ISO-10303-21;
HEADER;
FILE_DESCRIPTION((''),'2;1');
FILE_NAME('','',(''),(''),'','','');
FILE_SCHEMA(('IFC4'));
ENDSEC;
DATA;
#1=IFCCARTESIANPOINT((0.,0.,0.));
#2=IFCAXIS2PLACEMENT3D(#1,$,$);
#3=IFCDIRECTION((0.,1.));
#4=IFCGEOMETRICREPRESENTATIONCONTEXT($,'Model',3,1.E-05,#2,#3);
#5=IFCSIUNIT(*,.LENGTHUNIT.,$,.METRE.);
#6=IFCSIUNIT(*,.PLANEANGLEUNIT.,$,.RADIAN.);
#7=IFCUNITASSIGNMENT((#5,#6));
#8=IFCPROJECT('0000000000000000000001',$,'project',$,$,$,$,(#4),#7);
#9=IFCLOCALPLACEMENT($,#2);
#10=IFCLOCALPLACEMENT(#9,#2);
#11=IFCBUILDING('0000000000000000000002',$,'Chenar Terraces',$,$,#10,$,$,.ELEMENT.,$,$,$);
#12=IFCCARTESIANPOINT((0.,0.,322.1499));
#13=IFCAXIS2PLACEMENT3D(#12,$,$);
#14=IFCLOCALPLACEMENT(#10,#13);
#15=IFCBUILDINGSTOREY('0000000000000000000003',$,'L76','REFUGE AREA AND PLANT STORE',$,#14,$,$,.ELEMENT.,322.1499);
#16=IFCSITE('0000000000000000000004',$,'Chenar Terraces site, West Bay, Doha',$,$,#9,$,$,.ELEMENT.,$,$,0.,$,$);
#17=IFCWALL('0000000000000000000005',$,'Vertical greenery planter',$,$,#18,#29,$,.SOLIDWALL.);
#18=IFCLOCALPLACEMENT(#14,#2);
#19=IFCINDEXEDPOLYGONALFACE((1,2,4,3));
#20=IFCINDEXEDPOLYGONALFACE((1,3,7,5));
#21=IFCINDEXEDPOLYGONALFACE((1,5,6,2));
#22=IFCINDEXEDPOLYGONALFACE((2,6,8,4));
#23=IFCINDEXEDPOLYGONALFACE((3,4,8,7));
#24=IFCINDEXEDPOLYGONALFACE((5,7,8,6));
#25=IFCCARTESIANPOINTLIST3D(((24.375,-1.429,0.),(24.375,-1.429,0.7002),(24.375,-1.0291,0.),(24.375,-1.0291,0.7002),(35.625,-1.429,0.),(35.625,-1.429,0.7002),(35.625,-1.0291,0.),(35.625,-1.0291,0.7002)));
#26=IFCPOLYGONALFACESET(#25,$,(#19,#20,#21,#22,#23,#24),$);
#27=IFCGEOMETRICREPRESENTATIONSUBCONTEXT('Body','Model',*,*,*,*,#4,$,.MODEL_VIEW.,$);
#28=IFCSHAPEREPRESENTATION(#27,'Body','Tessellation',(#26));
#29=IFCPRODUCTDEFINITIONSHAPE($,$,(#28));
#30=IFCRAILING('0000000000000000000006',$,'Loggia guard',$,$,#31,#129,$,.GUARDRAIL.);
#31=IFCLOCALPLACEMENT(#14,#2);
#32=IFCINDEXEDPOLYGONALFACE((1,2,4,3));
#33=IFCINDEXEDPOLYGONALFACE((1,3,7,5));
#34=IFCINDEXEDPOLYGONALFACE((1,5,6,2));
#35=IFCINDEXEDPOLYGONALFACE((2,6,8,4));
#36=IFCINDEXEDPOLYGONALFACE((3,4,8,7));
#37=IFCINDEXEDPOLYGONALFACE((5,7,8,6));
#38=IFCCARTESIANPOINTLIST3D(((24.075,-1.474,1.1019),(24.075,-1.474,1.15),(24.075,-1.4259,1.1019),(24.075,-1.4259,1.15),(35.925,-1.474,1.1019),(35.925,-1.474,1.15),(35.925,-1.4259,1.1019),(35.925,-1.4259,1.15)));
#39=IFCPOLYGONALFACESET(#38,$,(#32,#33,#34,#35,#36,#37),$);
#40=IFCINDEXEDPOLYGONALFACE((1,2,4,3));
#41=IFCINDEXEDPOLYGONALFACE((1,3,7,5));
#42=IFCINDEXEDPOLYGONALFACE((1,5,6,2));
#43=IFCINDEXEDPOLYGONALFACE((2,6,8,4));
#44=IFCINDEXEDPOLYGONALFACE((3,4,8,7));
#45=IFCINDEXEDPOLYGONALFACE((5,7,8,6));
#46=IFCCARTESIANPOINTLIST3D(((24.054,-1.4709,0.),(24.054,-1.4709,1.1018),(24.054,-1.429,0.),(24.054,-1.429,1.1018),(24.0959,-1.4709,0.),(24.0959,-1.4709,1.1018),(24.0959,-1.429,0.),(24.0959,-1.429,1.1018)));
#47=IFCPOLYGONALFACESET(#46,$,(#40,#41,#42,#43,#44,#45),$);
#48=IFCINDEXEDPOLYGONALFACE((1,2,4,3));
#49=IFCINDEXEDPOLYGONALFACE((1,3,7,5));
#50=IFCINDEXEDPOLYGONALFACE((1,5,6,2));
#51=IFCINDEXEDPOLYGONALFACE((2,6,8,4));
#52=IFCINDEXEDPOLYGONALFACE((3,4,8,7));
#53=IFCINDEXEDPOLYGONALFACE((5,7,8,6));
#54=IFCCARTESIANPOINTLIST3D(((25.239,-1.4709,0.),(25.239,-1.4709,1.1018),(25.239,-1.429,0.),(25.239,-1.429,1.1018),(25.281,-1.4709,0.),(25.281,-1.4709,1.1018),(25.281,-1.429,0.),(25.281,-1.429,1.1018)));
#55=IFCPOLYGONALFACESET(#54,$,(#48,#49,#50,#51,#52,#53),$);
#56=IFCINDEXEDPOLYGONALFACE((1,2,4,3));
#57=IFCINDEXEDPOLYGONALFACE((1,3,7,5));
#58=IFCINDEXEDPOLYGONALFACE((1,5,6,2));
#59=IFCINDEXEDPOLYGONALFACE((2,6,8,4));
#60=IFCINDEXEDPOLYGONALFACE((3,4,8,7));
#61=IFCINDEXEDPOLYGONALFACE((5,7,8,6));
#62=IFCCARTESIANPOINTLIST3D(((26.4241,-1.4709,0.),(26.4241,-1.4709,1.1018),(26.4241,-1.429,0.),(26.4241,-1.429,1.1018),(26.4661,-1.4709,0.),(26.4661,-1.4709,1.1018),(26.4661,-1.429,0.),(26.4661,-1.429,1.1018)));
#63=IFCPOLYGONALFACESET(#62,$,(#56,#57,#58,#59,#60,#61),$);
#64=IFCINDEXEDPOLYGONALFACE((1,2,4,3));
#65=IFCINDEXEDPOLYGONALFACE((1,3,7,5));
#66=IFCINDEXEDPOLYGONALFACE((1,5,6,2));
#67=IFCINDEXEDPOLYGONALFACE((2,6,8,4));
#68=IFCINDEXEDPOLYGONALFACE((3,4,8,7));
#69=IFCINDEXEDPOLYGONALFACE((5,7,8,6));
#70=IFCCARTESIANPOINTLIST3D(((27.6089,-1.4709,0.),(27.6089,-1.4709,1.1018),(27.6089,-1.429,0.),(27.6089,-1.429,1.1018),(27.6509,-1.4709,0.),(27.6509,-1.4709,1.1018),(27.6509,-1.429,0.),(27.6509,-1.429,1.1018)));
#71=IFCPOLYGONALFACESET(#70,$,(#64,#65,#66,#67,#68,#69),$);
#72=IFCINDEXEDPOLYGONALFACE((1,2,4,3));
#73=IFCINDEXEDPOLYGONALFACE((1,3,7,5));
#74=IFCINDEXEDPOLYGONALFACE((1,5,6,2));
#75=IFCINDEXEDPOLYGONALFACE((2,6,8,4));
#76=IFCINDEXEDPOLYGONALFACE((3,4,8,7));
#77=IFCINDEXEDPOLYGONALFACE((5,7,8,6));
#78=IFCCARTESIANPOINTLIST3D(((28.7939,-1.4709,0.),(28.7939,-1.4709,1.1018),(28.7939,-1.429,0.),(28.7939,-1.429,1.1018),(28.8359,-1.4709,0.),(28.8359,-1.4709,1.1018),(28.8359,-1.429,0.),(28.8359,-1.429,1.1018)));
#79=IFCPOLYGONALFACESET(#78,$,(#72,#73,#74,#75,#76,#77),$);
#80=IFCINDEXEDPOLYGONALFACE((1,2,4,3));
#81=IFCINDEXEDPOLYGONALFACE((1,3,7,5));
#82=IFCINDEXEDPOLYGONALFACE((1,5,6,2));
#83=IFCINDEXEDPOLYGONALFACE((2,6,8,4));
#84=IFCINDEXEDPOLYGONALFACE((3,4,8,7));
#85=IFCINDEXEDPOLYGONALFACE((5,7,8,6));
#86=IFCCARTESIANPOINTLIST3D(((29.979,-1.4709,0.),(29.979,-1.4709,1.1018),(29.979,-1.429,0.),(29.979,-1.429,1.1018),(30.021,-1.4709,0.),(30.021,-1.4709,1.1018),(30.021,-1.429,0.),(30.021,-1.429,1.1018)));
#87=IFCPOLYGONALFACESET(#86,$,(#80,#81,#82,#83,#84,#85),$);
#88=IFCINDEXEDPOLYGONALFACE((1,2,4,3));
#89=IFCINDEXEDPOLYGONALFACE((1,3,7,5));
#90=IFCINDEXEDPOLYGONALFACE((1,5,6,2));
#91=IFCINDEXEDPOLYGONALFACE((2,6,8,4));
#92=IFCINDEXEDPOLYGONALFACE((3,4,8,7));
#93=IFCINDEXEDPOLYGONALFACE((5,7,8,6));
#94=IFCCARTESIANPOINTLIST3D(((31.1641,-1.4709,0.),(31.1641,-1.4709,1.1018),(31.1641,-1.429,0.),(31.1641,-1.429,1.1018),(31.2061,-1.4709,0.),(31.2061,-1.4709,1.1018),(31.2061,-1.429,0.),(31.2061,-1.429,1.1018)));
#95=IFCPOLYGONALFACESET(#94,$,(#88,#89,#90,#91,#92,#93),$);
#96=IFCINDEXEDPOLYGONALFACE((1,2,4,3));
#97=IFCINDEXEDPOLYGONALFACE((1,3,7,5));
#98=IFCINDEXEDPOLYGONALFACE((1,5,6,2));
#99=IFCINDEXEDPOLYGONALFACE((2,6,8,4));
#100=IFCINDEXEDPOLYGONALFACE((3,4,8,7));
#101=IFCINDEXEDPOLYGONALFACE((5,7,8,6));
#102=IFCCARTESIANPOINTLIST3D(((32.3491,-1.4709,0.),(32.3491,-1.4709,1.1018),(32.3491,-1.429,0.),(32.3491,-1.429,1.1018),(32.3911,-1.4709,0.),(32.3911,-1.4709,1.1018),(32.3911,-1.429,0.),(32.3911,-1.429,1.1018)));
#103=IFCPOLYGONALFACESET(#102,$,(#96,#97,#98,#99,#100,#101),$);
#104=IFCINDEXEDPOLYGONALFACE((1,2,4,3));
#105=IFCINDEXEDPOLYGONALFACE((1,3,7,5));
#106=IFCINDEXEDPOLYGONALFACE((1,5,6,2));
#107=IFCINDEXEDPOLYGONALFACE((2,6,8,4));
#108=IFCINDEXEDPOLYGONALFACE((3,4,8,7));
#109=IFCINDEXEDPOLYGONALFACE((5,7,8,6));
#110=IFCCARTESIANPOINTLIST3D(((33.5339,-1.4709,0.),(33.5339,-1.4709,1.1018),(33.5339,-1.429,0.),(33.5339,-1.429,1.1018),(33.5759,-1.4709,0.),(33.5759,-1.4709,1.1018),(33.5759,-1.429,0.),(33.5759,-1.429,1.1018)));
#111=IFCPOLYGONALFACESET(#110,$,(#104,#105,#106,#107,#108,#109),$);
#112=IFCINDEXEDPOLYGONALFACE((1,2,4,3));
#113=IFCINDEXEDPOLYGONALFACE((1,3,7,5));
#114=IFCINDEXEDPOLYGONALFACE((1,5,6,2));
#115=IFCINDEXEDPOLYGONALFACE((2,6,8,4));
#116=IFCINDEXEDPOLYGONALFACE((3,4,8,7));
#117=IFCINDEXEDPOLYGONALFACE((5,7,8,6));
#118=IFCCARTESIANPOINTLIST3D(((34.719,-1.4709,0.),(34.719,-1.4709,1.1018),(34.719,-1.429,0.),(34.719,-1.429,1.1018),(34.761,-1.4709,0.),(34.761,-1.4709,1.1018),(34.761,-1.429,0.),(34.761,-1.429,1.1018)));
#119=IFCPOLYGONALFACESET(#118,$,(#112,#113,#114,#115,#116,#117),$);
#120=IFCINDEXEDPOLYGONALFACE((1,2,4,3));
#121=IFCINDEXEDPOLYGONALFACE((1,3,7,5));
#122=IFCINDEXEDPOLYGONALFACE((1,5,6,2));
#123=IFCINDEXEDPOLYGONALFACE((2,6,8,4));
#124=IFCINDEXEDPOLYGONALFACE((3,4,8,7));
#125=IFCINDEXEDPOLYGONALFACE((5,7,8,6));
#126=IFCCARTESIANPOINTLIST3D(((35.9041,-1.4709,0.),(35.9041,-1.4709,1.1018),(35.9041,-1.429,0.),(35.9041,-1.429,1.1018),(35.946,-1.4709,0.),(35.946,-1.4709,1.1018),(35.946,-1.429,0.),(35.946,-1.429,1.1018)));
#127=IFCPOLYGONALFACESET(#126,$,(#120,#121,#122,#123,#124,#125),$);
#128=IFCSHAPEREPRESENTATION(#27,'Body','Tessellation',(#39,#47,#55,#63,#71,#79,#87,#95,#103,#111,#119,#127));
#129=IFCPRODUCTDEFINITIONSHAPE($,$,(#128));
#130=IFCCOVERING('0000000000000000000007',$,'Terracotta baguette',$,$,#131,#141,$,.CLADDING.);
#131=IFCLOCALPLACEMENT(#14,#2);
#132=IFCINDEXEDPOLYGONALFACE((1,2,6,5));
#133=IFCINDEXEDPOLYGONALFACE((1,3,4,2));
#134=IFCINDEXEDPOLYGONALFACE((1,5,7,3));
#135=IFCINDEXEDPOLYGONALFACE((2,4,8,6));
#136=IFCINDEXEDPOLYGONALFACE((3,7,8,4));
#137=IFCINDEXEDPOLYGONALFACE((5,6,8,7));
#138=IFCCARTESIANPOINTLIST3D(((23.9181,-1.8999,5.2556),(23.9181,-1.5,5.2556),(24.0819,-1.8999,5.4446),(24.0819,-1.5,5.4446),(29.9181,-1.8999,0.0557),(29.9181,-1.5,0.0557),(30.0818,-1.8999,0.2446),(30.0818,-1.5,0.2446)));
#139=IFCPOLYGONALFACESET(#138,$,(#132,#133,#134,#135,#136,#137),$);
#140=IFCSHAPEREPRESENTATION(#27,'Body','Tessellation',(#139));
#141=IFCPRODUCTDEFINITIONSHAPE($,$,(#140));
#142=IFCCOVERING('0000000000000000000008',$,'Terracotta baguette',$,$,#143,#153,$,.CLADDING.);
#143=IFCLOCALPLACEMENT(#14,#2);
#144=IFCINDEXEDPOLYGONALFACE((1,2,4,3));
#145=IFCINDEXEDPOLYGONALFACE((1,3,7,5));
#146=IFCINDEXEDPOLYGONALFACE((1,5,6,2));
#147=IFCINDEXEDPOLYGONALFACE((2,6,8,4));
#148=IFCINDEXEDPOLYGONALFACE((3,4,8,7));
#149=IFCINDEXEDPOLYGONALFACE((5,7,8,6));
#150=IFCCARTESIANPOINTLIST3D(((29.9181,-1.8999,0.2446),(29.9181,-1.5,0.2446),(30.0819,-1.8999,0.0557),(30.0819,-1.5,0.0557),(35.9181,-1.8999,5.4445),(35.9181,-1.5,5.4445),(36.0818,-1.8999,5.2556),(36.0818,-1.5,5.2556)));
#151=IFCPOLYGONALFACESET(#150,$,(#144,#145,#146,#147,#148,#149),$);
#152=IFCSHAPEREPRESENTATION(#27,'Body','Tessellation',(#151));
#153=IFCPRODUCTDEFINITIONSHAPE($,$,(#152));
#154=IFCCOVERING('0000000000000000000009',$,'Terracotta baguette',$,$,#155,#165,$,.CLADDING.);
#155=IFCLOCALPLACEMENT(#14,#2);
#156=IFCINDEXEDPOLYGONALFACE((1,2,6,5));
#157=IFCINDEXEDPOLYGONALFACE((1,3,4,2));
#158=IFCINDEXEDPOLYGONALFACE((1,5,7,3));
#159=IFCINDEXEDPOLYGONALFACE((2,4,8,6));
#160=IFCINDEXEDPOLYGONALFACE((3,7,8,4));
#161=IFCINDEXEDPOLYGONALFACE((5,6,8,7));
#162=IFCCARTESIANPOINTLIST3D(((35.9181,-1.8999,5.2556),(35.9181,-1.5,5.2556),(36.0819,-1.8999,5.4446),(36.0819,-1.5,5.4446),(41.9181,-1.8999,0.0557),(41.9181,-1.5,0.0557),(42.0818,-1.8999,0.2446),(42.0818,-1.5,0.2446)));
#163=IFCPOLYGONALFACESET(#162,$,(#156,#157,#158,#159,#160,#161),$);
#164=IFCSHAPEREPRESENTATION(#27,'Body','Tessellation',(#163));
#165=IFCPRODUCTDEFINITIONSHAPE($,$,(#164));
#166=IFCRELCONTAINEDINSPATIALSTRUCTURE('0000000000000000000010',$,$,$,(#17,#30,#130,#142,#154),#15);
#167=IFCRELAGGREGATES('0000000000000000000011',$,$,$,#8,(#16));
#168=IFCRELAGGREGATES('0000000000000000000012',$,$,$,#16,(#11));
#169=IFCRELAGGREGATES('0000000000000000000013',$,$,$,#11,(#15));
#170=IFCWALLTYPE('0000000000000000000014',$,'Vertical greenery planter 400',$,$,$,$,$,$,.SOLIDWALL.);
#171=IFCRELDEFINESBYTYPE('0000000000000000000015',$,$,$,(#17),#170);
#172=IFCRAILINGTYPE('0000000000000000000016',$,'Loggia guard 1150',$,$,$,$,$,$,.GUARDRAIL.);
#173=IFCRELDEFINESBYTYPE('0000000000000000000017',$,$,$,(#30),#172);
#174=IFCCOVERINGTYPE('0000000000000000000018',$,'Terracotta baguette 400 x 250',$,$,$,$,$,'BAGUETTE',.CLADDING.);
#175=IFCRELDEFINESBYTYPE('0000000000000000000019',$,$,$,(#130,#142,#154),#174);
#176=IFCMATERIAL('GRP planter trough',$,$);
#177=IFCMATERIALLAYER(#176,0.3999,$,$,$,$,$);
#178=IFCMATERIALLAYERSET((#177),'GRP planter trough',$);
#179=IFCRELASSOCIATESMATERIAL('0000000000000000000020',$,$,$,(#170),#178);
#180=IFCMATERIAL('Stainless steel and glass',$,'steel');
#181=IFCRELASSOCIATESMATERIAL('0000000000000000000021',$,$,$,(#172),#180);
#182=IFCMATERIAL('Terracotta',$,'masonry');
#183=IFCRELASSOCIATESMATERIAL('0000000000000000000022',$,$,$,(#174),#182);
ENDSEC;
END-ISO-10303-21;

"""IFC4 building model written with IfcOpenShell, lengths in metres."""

from ifc_helpers import new_model, si_unit, direction, frame, frame_2d, origin, origin_2d, place, context, subcontext, project, spatial, rectangle, extrude, material, layer, layer_set, material_profile, profile_set, type_object, element, save


model = new_model("IFC4")

# Units and contexts
model_context = context("Model", 3, precision=1e-05, world=origin(), true_north=direction((0.0, 1.0)))
body_context = subcontext(model_context, "Body", "Model", "MODEL_VIEW")
ifc_project = project(units=[si_unit("LENGTHUNIT", "METRE"), si_unit("PLANEANGLEUNIT", "RADIAN")], contexts=[model_context])

# Site, building, storey
site_placement = place(None, origin())
site = spatial("IfcSite", under=ifc_project, at=site_placement, Name="Chenar Terraces site, West Bay, Doha", CompositionType="ELEMENT", RefElevation=0.0)
building_placement = place(site_placement, origin())
building = spatial("IfcBuilding", under=site, at=building_placement, Name="Chenar Terraces", CompositionType="ELEMENT")
storey_placement = place(building_placement, frame((0.0, 0.0, 322.1499)))
storey = spatial("IfcBuildingStorey", under=building, at=storey_placement, Name="L76", Description="REFUGE AREA AND PLANT STORE", CompositionType="ELEMENT", Elevation=322.1499)

# Wall
ifc_material_1 = material(Name="GRP planter trough")
ifc_layer_1 = layer(ifc_material_1, 0.3999)
ifc_layer_set_1 = layer_set([ifc_layer_1], Name="GRP planter trough")
wall_type_1 = type_object("IfcWallType", Name="Vertical greenery planter 400", PredefinedType="SOLIDWALL", material=ifc_layer_set_1)
wall_1_placement = place(storey_placement, frame((24.375, -1.229, 0.0), z_axis=(0.0, 0.0, 1.0), x_axis=(1.0, 0.0, 0.0)))
element("IfcWall", 1, at=wall_1_placement, inside=storey, type_object=wall_type_1, Name="Vertical greenery planter", PredefinedType="SOLIDWALL", context=body_context, shape_type="SweptSolid", body=[
    extrude(rectangle(XDim=11.25, YDim=0.3999, at=frame_2d((5.625, 0.0))), origin(), (0.0, 0.0, 1.0), 0.7002),
])

# Railing
ifc_material_2 = material(Name="Stainless steel and glass", Category="steel")
railing_type = type_object("IfcRailingType", Name="Loggia guard 1150", PredefinedType="GUARDRAIL", material=ifc_material_2)
railing_placement = place(storey_placement, frame((24.075, -1.45, 0.0)))
element("IfcRailing", 2, at=railing_placement, inside=storey, type_object=railing_type, Name="Loggia guard", PredefinedType="GUARDRAIL", context=body_context, shape_type="SweptSolid", body=[
    extrude(rectangle(XDim=0.0481, YDim=0.0481, at=origin_2d()), frame((0.0, 0.0, 1.126), z_axis=(1.0, 0.0, 0.0), x_axis=(0.0, 1.0, 0.0)), (0.0, 0.0, 1.0), 11.8501),
    extrude(rectangle(XDim=0.042, YDim=0.042, at=origin_2d()), origin(), (0.0, 0.0, 1.0), 1.1018),
    extrude(rectangle(XDim=0.042, YDim=0.042, at=origin_2d()), frame((1.1851, 0.0, 0.0)), (0.0, 0.0, 1.0), 1.1018),
    extrude(rectangle(XDim=0.042, YDim=0.042, at=origin_2d()), frame((2.3701, 0.0, 0.0)), (0.0, 0.0, 1.0), 1.1018),
    extrude(rectangle(XDim=0.042, YDim=0.042, at=origin_2d()), frame((3.5549, 0.0, 0.0)), (0.0, 0.0, 1.0), 1.1018),
    extrude(rectangle(XDim=0.042, YDim=0.042, at=origin_2d()), frame((4.74, 0.0, 0.0)), (0.0, 0.0, 1.0), 1.1018),
    extrude(rectangle(XDim=0.042, YDim=0.042, at=origin_2d()), frame((5.925, 0.0, 0.0)), (0.0, 0.0, 1.0), 1.1018),
    extrude(rectangle(XDim=0.042, YDim=0.042, at=origin_2d()), frame((7.1101, 0.0, 0.0)), (0.0, 0.0, 1.0), 1.1018),
    extrude(rectangle(XDim=0.042, YDim=0.042, at=origin_2d()), frame((8.2952, 0.0, 0.0)), (0.0, 0.0, 1.0), 1.1018),
    extrude(rectangle(XDim=0.042, YDim=0.042, at=origin_2d()), frame((9.48, 0.0, 0.0)), (0.0, 0.0, 1.0), 1.1018),
    extrude(rectangle(XDim=0.042, YDim=0.042, at=origin_2d()), frame((10.665, 0.0, 0.0)), (0.0, 0.0, 1.0), 1.1018),
    extrude(rectangle(XDim=0.042, YDim=0.042, at=origin_2d()), frame((11.8501, 0.0, 0.0)), (0.0, 0.0, 1.0), 1.1018),
])

# Coverings
ifc_material_3 = material(Name="Terracotta", Category="masonry")
ifc_material_profile_1 = material_profile(ifc_material_3, rectangle(XDim=0.3999, YDim=0.25, at=origin_2d()), Name="Terracotta baguette 400 x 250")
ifc_profile_set_1 = profile_set([ifc_material_profile_1], Name="Terracotta")
covering_type = type_object("IfcCoveringType", Name="Terracotta baguette 400 x 250", ElementType="BAGUETTE", PredefinedType="CLADDING", material=ifc_profile_set_1)
for number, where, z_axis, x_axis, name in (
    (3, (24.0, -1.7, 5.3501), (0.755692, 0.0, -0.654927), (0.0, 1.0, 0.0), "Terracotta baguette"),
    (4, (30.0, -1.7, 0.1501), (0.755692, 0.0, 0.654927), (0.0, 1.0, 0.0), "Terracotta baguette"),
    (5, (36.0, -1.7, 5.3501), (0.755692, 0.0, -0.654927), (0.0, 1.0, 0.0), "Terracotta baguette"),
):
    element("IfcCovering", number, at=place(storey_placement, frame(where, z_axis=z_axis, x_axis=x_axis)), inside=storey, type_object=covering_type, Name=name, PredefinedType="CLADDING", context=body_context, shape_type="SweptSolid", body=[
        extrude(rectangle(XDim=0.3999, YDim=0.25, at=origin_2d()), origin(), (0.0, 0.0, 1.0), 7.9397),
    ])

save(model, "model.ifc")
